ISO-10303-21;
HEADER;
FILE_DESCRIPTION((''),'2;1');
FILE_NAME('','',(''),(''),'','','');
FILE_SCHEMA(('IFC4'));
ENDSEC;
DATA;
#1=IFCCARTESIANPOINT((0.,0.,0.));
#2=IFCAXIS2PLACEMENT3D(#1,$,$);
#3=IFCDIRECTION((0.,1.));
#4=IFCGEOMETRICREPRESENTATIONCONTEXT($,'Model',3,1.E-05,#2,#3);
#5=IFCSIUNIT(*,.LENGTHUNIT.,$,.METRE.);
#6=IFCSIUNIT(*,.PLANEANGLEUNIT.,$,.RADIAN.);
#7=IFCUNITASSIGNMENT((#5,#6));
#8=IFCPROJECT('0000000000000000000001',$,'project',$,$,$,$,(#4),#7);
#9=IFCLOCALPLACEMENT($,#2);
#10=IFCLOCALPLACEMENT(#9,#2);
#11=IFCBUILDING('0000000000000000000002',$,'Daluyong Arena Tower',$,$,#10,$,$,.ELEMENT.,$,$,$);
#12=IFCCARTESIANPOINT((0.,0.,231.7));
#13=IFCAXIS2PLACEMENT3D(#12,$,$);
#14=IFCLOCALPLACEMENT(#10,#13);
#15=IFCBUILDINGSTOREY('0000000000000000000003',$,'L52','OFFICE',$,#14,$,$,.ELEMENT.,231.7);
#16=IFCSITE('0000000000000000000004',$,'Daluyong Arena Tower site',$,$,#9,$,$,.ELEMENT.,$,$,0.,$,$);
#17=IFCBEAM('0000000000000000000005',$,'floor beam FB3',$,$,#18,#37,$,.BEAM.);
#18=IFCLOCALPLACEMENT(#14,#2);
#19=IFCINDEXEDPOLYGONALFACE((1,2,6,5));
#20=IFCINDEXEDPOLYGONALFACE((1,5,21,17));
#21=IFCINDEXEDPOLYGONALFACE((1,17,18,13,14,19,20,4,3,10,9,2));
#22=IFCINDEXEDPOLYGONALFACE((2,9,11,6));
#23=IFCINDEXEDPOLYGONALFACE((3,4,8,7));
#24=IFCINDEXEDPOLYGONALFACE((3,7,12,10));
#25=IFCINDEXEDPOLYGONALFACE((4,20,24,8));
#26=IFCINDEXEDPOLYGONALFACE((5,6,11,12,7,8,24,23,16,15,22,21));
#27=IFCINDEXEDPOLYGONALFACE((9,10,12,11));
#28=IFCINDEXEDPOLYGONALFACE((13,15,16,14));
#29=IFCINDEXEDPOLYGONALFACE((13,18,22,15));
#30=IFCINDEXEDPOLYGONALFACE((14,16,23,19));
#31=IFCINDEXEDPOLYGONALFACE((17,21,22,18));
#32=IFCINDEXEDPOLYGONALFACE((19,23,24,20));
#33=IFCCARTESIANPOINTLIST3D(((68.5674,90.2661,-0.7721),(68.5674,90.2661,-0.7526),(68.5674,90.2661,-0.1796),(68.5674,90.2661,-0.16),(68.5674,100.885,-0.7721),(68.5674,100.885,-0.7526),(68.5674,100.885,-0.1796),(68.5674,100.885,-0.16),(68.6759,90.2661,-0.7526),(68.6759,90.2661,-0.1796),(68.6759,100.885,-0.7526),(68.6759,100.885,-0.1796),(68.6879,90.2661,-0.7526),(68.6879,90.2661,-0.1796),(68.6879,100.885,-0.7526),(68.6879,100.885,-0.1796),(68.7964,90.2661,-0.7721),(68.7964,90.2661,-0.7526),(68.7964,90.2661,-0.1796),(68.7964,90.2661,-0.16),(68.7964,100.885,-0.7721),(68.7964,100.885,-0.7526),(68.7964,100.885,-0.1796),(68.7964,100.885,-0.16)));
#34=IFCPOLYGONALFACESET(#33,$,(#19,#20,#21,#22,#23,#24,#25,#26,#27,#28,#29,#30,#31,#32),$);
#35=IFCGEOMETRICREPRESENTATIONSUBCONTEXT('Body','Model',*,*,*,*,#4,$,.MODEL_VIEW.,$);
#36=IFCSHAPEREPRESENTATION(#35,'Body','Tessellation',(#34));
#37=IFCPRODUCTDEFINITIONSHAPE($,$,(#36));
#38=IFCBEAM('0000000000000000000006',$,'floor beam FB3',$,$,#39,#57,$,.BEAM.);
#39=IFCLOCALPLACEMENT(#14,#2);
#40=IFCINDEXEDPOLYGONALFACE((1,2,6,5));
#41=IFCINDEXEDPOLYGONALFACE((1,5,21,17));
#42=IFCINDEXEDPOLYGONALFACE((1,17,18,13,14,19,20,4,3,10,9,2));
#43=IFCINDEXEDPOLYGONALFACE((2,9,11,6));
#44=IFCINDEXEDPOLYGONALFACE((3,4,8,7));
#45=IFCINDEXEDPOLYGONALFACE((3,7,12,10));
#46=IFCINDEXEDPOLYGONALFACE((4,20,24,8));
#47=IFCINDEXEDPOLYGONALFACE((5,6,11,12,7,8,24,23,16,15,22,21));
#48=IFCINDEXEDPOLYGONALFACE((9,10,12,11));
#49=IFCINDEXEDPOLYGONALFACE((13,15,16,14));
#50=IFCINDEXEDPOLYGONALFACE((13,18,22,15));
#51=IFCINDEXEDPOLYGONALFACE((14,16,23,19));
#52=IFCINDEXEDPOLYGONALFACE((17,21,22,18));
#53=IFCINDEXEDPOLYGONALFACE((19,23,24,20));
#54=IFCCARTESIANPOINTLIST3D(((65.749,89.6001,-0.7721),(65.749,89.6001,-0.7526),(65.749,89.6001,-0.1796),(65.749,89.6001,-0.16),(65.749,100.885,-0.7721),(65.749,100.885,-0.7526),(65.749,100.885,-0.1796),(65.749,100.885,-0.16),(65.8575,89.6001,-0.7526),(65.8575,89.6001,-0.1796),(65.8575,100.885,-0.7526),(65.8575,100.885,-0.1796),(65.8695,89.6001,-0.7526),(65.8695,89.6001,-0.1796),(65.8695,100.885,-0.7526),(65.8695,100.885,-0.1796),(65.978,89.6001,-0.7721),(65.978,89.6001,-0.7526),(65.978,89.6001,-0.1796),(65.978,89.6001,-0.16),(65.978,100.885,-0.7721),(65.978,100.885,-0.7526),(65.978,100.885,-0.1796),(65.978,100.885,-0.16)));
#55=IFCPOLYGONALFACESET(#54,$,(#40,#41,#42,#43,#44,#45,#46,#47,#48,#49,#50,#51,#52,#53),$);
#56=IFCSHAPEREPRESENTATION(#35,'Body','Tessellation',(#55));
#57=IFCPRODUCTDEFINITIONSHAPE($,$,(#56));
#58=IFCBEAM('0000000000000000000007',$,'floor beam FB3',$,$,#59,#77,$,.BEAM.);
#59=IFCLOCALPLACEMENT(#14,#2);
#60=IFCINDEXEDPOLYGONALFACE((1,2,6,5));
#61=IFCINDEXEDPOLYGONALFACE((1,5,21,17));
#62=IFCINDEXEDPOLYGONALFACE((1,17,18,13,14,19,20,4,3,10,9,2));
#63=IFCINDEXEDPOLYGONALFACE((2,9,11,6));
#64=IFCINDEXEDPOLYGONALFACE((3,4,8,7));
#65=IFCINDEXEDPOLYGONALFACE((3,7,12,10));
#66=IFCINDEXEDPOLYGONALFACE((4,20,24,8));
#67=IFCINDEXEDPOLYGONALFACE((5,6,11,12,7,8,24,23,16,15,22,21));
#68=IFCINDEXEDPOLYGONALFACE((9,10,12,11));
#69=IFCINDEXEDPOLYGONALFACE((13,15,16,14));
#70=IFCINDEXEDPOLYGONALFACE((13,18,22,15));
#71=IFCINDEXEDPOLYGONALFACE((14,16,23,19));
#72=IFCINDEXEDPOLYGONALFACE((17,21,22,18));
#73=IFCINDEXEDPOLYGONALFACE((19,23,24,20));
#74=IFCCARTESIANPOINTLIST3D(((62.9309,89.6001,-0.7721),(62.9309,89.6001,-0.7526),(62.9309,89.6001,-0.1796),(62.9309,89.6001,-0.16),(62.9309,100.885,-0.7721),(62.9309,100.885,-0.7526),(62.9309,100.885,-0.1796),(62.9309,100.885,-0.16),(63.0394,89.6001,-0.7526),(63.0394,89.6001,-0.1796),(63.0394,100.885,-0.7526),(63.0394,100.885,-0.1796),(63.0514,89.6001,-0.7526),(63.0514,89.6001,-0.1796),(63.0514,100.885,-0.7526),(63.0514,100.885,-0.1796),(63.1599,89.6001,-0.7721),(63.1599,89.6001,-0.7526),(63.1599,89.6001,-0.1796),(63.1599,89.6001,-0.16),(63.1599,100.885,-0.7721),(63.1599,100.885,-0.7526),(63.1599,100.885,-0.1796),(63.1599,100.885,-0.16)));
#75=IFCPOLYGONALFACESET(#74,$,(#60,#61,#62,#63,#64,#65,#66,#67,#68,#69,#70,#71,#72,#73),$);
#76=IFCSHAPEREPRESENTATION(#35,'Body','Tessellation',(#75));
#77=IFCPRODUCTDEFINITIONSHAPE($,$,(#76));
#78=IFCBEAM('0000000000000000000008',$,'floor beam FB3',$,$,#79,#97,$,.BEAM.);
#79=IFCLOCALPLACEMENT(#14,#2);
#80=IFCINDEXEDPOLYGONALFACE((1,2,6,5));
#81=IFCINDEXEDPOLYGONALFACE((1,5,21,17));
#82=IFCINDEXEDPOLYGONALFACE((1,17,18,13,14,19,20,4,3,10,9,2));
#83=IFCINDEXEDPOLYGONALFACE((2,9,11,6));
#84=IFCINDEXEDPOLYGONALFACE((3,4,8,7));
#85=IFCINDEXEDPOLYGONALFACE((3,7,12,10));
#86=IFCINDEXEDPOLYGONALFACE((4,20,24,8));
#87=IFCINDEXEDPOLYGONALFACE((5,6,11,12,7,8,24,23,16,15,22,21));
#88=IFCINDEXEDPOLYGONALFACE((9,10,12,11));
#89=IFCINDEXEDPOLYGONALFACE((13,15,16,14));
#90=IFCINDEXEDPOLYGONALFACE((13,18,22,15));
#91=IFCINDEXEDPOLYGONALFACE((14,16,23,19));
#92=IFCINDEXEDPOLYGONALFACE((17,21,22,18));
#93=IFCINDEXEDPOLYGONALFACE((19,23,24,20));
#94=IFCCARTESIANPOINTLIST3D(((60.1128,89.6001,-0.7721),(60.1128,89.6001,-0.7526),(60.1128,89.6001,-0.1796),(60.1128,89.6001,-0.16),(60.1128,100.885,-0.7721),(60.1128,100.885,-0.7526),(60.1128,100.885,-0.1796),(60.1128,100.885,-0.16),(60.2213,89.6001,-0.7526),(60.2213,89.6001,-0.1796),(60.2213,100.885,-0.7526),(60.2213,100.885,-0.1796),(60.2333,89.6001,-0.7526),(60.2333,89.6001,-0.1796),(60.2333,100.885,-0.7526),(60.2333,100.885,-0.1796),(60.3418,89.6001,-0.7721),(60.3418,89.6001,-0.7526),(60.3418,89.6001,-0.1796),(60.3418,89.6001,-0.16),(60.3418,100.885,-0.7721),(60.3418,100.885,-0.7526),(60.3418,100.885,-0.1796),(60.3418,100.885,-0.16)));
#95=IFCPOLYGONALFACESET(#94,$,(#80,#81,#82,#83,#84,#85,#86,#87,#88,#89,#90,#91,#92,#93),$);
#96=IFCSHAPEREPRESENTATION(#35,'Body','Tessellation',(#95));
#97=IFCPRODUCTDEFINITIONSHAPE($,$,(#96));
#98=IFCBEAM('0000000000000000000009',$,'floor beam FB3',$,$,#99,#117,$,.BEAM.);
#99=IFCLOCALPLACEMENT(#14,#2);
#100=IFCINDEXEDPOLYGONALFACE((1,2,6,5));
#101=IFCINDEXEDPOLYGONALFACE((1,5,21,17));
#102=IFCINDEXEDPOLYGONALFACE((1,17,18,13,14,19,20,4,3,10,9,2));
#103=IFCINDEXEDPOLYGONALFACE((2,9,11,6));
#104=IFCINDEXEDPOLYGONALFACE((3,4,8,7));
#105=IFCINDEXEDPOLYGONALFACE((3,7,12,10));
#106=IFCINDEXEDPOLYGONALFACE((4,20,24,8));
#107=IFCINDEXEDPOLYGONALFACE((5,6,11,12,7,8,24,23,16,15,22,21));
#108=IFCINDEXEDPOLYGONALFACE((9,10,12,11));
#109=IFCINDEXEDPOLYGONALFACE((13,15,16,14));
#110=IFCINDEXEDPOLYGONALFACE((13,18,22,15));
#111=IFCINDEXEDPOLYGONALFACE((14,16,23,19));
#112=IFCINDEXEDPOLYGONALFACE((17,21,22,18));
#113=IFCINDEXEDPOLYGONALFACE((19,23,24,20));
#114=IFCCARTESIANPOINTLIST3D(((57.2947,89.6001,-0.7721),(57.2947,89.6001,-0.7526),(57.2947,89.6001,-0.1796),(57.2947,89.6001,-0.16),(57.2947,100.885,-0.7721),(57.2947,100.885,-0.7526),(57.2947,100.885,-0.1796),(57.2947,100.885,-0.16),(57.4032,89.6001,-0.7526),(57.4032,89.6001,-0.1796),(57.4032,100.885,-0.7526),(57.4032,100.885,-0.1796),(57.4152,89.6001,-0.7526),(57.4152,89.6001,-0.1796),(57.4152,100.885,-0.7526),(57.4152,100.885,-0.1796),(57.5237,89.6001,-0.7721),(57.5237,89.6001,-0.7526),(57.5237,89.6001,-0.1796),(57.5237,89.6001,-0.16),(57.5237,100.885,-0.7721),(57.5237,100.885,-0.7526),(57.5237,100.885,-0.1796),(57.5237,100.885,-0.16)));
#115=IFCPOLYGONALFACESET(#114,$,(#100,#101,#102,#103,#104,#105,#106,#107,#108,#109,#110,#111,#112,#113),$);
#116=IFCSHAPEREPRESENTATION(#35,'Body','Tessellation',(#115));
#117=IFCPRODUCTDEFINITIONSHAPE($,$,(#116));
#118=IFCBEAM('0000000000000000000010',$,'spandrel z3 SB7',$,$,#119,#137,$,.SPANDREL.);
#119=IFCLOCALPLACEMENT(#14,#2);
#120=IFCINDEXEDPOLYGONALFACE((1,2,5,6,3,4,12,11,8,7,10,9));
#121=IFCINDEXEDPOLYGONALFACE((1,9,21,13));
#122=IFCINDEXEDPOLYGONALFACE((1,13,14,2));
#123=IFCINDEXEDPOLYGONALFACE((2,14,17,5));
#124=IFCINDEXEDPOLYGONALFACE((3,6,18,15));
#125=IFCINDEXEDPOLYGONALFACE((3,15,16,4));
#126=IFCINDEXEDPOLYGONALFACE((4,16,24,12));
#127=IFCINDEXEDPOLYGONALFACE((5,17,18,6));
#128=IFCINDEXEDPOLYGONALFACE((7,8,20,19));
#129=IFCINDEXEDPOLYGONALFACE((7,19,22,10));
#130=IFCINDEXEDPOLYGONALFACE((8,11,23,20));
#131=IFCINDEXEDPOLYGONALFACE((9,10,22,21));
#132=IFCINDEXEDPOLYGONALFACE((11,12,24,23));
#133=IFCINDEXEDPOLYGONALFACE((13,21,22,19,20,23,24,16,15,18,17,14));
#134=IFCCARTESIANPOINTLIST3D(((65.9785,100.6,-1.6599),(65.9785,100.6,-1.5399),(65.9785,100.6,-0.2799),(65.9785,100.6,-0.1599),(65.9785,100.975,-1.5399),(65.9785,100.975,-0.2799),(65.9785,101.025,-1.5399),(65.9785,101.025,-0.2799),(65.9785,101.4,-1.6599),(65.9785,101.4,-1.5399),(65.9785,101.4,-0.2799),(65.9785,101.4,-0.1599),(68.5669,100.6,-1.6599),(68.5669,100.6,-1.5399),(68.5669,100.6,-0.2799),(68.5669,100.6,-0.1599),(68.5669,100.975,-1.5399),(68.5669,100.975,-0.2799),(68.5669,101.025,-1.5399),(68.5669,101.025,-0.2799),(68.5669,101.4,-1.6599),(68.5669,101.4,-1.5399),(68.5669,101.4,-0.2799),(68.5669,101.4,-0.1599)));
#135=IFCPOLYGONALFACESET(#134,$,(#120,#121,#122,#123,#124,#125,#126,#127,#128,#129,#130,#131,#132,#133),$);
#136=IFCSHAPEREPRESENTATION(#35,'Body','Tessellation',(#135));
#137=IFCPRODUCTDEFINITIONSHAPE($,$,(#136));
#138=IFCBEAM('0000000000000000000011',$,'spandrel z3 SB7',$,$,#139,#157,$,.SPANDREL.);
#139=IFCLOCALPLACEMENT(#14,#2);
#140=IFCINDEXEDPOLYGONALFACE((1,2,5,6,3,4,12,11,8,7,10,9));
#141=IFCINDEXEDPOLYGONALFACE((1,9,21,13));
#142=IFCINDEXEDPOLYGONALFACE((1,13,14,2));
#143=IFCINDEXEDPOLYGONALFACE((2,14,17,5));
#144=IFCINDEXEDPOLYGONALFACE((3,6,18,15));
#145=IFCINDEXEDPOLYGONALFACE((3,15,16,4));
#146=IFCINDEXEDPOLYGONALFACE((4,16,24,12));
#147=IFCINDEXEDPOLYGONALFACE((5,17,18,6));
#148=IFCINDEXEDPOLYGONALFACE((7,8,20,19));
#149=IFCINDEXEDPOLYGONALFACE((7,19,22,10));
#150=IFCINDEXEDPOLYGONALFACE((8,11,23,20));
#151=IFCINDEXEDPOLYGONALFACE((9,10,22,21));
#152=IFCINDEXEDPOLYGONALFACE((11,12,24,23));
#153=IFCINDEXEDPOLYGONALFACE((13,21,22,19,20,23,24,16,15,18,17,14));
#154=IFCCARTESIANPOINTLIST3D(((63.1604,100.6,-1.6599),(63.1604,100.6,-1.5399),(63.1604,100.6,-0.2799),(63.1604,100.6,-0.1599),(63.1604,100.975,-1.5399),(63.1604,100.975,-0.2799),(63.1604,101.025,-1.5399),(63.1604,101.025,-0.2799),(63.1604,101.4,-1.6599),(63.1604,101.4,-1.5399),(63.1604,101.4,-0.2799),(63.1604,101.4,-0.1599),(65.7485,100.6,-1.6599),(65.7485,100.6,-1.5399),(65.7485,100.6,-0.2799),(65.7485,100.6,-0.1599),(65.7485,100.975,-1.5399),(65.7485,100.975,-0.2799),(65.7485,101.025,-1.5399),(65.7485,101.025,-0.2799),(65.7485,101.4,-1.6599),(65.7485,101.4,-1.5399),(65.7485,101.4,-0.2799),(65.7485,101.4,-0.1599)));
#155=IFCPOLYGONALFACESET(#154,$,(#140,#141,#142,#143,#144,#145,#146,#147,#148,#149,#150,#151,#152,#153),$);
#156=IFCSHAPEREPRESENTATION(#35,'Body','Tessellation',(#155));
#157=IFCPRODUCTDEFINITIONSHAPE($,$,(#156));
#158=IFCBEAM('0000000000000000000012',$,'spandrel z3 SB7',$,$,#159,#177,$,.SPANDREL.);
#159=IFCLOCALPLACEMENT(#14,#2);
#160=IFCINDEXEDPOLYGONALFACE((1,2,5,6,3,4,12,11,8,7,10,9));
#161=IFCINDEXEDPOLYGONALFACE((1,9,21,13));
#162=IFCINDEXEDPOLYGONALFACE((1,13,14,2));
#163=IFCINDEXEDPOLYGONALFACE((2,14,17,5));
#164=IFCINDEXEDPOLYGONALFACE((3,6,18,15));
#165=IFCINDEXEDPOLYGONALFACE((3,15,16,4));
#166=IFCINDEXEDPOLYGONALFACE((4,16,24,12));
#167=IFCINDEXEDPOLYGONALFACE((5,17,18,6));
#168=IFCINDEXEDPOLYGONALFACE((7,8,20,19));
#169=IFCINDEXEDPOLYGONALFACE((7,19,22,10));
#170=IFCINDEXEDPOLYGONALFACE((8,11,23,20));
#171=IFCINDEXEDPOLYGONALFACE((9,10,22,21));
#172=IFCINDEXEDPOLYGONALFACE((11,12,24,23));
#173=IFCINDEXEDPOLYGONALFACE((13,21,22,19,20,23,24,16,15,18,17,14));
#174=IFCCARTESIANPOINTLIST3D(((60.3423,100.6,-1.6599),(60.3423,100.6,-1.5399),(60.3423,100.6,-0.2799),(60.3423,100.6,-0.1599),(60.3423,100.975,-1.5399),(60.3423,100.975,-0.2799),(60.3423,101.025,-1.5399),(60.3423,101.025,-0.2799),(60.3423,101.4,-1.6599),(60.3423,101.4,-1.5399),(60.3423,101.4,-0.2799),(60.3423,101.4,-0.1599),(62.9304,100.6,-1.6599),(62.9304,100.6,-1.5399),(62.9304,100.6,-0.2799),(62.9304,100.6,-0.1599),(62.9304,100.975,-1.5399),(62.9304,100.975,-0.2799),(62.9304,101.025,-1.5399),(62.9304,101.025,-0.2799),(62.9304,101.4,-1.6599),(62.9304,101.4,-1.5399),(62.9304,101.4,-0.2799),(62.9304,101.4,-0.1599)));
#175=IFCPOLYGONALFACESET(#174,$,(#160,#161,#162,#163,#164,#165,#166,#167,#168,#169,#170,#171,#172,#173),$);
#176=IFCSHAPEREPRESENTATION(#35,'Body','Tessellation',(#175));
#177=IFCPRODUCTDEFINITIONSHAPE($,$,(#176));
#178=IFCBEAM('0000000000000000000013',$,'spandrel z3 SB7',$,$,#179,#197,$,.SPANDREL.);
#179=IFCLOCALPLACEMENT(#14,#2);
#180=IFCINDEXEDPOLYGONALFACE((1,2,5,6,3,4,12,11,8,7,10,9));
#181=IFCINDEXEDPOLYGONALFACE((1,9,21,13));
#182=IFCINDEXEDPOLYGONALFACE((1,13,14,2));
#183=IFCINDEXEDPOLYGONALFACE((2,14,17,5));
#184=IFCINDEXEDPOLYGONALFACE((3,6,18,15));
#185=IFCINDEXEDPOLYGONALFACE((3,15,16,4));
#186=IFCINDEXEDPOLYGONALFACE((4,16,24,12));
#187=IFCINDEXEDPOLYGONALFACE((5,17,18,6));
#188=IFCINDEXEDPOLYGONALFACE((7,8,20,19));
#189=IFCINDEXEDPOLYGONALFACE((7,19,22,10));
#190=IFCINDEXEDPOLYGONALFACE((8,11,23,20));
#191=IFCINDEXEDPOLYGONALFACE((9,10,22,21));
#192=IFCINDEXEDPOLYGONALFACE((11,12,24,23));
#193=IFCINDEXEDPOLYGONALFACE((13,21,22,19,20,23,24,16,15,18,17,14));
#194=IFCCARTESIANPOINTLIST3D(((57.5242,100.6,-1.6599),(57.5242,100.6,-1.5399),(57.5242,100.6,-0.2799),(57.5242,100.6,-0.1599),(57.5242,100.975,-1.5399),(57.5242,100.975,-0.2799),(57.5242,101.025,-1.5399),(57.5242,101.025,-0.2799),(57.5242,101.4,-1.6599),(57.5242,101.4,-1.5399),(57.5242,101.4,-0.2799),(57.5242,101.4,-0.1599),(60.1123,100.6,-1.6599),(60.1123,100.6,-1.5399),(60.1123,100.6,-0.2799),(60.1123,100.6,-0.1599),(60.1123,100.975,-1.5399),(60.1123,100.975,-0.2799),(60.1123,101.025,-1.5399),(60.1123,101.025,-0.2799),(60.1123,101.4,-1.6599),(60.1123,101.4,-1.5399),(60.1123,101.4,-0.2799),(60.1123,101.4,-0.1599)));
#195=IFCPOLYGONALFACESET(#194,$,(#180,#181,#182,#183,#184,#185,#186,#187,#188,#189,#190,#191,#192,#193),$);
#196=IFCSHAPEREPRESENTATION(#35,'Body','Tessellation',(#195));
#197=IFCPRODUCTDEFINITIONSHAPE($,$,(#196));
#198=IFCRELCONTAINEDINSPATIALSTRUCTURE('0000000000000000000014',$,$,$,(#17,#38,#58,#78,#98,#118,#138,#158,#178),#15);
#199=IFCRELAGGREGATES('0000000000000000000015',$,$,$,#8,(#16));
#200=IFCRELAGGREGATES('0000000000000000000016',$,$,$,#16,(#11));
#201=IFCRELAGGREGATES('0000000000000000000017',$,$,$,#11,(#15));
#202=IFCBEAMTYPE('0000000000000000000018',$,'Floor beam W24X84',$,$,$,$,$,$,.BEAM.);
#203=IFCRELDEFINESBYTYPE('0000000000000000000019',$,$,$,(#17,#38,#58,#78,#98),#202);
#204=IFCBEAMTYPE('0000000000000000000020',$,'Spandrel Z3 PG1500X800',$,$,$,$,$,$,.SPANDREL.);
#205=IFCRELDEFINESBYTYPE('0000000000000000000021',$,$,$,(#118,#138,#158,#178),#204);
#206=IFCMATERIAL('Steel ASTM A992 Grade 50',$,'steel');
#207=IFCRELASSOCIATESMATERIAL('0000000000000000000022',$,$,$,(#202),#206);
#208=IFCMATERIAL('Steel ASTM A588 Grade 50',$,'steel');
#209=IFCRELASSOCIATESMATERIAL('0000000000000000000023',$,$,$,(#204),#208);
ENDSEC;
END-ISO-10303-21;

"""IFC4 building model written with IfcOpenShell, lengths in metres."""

from ifc_helpers import new_model, si_unit, direction, frame, origin, origin_2d, place, context, subcontext, project, spatial, i_section, extrude, material, material_profile, profile_set, type_object, element, save


model = new_model("IFC4")

# Units and contexts
model_context = context("Model", 3, precision=1e-05, world=origin(), true_north=direction((0.0, 1.0)))
body_context = subcontext(model_context, "Body", "Model", "MODEL_VIEW")
ifc_project = project(units=[si_unit("LENGTHUNIT", "METRE"), si_unit("PLANEANGLEUNIT", "RADIAN")], contexts=[model_context])

# Site, building, storey
site_placement = place(None, origin())
site = spatial("IfcSite", under=ifc_project, at=site_placement, Name="Daluyong Arena Tower site", CompositionType="ELEMENT", RefElevation=0.0)
building_placement = place(site_placement, origin())
building = spatial("IfcBuilding", under=site, at=building_placement, Name="Daluyong Arena Tower", CompositionType="ELEMENT")
storey_placement = place(building_placement, frame((0.0, 0.0, 231.7)))
storey = spatial("IfcBuildingStorey", under=building, at=storey_placement, Name="L52", Description="OFFICE", CompositionType="ELEMENT", Elevation=231.7)

# Beams
ifc_material_1 = material(Name="Steel ASTM A992 Grade 50", Category="steel")
ifc_material_profile_1 = material_profile(ifc_material_1, i_section(OverallWidth=0.229, OverallDepth=0.6121, WebThickness=0.012, FlangeThickness=0.0195, at=origin_2d()))
ifc_profile_set_1 = profile_set([ifc_material_profile_1], Name="Steel ASTM A992 Grade 50")
beam_type_1 = type_object("IfcBeamType", Name="Floor beam W24X84", PredefinedType="BEAM", material=ifc_profile_set_1)
beam_1_placement = place(storey_placement, frame((68.6819, 100.885, -0.4661), z_axis=(0.0, -1.0, 0.0), x_axis=(1.0, 0.0, 0.0)))
element("IfcBeam", 1, at=beam_1_placement, inside=storey, type_object=beam_type_1, Name="floor beam FB3", PredefinedType="BEAM", context=body_context, shape_type="SweptSolid", body=[
    extrude(i_section(OverallWidth=0.229, OverallDepth=0.6121, WebThickness=0.012, FlangeThickness=0.0195, at=origin_2d()), origin(), (0.0, 0.0, 1.0), 10.6189),
])
for number, where, z_axis, x_axis, name in (
    (2, (65.8635, 100.885, -0.4661), (0.0, -1.0, 0.0), (1.0, 0.0, 0.0), "floor beam FB3"),
    (3, (63.0454, 100.885, -0.4661), (0.0, -1.0, 0.0), (1.0, 0.0, 0.0), "floor beam FB3"),
    (4, (60.2273, 100.885, -0.4661), (0.0, -1.0, 0.0), (1.0, 0.0, 0.0), "floor beam FB3"),
    (5, (57.4092, 100.885, -0.4661), (0.0, -1.0, 0.0), (1.0, 0.0, 0.0), "floor beam FB3"),
):
    element("IfcBeam", number, at=place(storey_placement, frame(where, z_axis=z_axis, x_axis=x_axis)), inside=storey, type_object=beam_type_1, Name=name, PredefinedType="BEAM", context=body_context, shape_type="SweptSolid", body=[
        extrude(i_section(OverallWidth=0.229, OverallDepth=0.6121, WebThickness=0.012, FlangeThickness=0.0195, at=origin_2d()), origin(), (0.0, 0.0, 1.0), 11.2849),
    ])
ifc_material_2 = material(Name="Steel ASTM A588 Grade 50", Category="steel")
ifc_material_profile_2 = material_profile(ifc_material_2, i_section(OverallWidth=0.8, OverallDepth=1.5, WebThickness=0.05, FlangeThickness=0.12, at=origin_2d()))
ifc_profile_set_2 = profile_set([ifc_material_profile_2], Name="Steel ASTM A588 Grade 50")
beam_type_2 = type_object("IfcBeamType", Name="Spandrel Z3 PG1500X800", PredefinedType="SPANDREL", material=ifc_profile_set_2)
beam_2_placement = place(storey_placement, frame((68.5669, 101.0, -0.9099), z_axis=(-1.0, 0.0, 0.0), x_axis=(0.0, -1.0, 0.0)))
element("IfcBeam", 6, at=beam_2_placement, inside=storey, type_object=beam_type_2, Name="spandrel z3 SB7", PredefinedType="SPANDREL", context=body_context, shape_type="SweptSolid", body=[
    extrude(i_section(OverallWidth=0.8, OverallDepth=1.5, WebThickness=0.05, FlangeThickness=0.12, at=origin_2d()), origin(), (0.0, 0.0, 1.0), 2.5884),
])
for number, where, z_axis, x_axis, name in (
    (7, (65.7485, 101.0, -0.9099), (-1.0, 0.0, 0.0), (0.0, -1.0, 0.0), "spandrel z3 SB7"),
    (8, (62.9304, 101.0, -0.9099), (-1.0, 0.0, 0.0), (0.0, -1.0, 0.0), "spandrel z3 SB7"),
    (9, (60.1123, 101.0, -0.9099), (-1.0, 0.0, 0.0), (0.0, -1.0, 0.0), "spandrel z3 SB7"),
):
    element("IfcBeam", number, at=place(storey_placement, frame(where, z_axis=z_axis, x_axis=x_axis)), inside=storey, type_object=beam_type_2, Name=name, PredefinedType="SPANDREL", context=body_context, shape_type="SweptSolid", body=[
        extrude(i_section(OverallWidth=0.8, OverallDepth=1.5, WebThickness=0.05, FlangeThickness=0.12, at=origin_2d()), origin(), (0.0, 0.0, 1.0), 2.5881),
    ])

save(model, "model.ifc")
